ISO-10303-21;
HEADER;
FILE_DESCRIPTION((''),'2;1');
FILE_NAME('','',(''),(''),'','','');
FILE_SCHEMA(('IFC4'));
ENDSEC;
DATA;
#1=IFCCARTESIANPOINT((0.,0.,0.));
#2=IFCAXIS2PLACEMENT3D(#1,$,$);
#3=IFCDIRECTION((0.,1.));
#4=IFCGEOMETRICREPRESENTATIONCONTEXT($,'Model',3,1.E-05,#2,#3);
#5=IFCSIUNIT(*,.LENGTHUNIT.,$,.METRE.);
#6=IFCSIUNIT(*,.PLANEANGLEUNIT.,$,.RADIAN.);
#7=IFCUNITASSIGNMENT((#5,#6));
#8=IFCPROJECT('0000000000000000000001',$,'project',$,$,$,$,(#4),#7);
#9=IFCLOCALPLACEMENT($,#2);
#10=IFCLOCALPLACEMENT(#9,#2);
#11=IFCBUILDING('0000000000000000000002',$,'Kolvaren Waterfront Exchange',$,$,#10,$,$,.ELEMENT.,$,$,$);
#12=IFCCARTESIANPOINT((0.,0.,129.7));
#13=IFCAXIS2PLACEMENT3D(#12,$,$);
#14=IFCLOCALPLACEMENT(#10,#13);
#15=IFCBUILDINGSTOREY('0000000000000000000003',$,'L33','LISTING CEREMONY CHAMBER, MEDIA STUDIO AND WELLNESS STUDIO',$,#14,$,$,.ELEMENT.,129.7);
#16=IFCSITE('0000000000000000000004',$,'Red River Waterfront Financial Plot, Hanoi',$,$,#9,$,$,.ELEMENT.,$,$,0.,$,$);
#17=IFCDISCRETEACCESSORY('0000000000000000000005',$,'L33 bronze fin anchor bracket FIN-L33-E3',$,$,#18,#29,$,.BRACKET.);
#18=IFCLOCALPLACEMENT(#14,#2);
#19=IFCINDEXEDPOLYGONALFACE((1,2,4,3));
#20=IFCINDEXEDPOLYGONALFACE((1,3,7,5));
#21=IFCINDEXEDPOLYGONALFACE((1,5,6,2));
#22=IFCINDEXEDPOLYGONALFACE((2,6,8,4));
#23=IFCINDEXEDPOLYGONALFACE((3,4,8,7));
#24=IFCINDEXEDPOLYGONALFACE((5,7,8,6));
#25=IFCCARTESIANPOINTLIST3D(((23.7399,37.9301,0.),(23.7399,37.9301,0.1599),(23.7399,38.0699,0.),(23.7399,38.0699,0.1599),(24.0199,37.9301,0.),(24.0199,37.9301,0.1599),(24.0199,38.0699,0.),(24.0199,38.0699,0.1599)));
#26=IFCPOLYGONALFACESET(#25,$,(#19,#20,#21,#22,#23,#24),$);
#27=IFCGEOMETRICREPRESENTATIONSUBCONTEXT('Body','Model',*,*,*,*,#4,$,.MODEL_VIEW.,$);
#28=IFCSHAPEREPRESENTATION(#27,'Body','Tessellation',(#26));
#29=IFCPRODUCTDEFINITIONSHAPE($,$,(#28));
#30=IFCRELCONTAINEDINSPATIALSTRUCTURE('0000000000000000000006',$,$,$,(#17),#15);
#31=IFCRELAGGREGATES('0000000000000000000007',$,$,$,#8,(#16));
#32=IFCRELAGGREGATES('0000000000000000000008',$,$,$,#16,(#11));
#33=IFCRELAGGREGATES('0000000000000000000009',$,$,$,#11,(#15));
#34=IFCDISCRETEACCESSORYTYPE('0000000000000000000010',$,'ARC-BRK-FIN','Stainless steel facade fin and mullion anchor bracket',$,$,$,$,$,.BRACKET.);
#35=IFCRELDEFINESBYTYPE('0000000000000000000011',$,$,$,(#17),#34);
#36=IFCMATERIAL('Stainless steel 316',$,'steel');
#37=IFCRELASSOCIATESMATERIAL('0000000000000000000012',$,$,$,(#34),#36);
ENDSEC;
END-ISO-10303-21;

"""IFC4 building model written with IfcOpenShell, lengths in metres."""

from ifc_helpers import new_model, si_unit, direction, frame, origin, origin_with_axes, origin_2d, place, context, subcontext, project, spatial, rectangle, extrude, source, transform, mapped, material, type_object, element, save


model = new_model("IFC4")

# Units and contexts
model_context = context("Model", 3, precision=1e-05, world=origin(), true_north=direction((0.0, 1.0)))
body_context = subcontext(model_context, "Body", "Model", "MODEL_VIEW")
ifc_project = project(units=[si_unit("LENGTHUNIT", "METRE"), si_unit("PLANEANGLEUNIT", "RADIAN")], contexts=[model_context])

# Site, building, storey
site_placement = place(None, origin())
site = spatial("IfcSite", under=ifc_project, at=site_placement, Name="Red River Waterfront Financial Plot, Hanoi", CompositionType="ELEMENT", RefElevation=0.0)
building_placement = place(site_placement, origin())
building = spatial("IfcBuilding", under=site, at=building_placement, Name="Kolvaren Waterfront Exchange", CompositionType="ELEMENT")
storey_placement = place(building_placement, frame((0.0, 0.0, 129.7)))
storey = spatial("IfcBuildingStorey", under=building, at=storey_placement, Name="L33", Description="LISTING CEREMONY CHAMBER, MEDIA STUDIO AND WELLNESS STUDIO", CompositionType="ELEMENT", Elevation=129.7)

# Discrete accessory
ifc_material_1 = material(Name="Stainless steel 316", Category="steel")
discrete_accessory_type = type_object("IfcDiscreteAccessoryType", Name="ARC-BRK-FIN", Description="Stainless steel facade fin and mullion anchor bracket", PredefinedType="BRACKET", material=ifc_material_1)
shared_shape_1 = source(origin_with_axes(), body_context, "Body", "SweptSolid", [
    extrude(rectangle(XDim=0.28, YDim=0.1399, at=origin_2d()), origin(), (0.0, 0.0, 1.0), 0.1599),
])
discrete_accessory_placement = place(storey_placement, frame((23.8799, 38.0, 0.0), z_axis=(0.0, 0.0, 1.0), x_axis=(1.0, 0.0, 0.0)))
element("IfcDiscreteAccessory", 1, at=discrete_accessory_placement, inside=storey, type_object=discrete_accessory_type, Name="L33 bronze fin anchor bracket FIN-L33-E3", PredefinedType="BRACKET", context=body_context, shape_type="MappedRepresentation", body=[
    mapped(shared_shape_1, transform((0.0, 0.0, 0.0), x_axis=(1.0, 0.0, 0.0), y_axis=(0.0, 1.0, 0.0), z_axis=(0.0, 0.0, 1.0), scale=1.0)),
])

save(model, "model.ifc")
